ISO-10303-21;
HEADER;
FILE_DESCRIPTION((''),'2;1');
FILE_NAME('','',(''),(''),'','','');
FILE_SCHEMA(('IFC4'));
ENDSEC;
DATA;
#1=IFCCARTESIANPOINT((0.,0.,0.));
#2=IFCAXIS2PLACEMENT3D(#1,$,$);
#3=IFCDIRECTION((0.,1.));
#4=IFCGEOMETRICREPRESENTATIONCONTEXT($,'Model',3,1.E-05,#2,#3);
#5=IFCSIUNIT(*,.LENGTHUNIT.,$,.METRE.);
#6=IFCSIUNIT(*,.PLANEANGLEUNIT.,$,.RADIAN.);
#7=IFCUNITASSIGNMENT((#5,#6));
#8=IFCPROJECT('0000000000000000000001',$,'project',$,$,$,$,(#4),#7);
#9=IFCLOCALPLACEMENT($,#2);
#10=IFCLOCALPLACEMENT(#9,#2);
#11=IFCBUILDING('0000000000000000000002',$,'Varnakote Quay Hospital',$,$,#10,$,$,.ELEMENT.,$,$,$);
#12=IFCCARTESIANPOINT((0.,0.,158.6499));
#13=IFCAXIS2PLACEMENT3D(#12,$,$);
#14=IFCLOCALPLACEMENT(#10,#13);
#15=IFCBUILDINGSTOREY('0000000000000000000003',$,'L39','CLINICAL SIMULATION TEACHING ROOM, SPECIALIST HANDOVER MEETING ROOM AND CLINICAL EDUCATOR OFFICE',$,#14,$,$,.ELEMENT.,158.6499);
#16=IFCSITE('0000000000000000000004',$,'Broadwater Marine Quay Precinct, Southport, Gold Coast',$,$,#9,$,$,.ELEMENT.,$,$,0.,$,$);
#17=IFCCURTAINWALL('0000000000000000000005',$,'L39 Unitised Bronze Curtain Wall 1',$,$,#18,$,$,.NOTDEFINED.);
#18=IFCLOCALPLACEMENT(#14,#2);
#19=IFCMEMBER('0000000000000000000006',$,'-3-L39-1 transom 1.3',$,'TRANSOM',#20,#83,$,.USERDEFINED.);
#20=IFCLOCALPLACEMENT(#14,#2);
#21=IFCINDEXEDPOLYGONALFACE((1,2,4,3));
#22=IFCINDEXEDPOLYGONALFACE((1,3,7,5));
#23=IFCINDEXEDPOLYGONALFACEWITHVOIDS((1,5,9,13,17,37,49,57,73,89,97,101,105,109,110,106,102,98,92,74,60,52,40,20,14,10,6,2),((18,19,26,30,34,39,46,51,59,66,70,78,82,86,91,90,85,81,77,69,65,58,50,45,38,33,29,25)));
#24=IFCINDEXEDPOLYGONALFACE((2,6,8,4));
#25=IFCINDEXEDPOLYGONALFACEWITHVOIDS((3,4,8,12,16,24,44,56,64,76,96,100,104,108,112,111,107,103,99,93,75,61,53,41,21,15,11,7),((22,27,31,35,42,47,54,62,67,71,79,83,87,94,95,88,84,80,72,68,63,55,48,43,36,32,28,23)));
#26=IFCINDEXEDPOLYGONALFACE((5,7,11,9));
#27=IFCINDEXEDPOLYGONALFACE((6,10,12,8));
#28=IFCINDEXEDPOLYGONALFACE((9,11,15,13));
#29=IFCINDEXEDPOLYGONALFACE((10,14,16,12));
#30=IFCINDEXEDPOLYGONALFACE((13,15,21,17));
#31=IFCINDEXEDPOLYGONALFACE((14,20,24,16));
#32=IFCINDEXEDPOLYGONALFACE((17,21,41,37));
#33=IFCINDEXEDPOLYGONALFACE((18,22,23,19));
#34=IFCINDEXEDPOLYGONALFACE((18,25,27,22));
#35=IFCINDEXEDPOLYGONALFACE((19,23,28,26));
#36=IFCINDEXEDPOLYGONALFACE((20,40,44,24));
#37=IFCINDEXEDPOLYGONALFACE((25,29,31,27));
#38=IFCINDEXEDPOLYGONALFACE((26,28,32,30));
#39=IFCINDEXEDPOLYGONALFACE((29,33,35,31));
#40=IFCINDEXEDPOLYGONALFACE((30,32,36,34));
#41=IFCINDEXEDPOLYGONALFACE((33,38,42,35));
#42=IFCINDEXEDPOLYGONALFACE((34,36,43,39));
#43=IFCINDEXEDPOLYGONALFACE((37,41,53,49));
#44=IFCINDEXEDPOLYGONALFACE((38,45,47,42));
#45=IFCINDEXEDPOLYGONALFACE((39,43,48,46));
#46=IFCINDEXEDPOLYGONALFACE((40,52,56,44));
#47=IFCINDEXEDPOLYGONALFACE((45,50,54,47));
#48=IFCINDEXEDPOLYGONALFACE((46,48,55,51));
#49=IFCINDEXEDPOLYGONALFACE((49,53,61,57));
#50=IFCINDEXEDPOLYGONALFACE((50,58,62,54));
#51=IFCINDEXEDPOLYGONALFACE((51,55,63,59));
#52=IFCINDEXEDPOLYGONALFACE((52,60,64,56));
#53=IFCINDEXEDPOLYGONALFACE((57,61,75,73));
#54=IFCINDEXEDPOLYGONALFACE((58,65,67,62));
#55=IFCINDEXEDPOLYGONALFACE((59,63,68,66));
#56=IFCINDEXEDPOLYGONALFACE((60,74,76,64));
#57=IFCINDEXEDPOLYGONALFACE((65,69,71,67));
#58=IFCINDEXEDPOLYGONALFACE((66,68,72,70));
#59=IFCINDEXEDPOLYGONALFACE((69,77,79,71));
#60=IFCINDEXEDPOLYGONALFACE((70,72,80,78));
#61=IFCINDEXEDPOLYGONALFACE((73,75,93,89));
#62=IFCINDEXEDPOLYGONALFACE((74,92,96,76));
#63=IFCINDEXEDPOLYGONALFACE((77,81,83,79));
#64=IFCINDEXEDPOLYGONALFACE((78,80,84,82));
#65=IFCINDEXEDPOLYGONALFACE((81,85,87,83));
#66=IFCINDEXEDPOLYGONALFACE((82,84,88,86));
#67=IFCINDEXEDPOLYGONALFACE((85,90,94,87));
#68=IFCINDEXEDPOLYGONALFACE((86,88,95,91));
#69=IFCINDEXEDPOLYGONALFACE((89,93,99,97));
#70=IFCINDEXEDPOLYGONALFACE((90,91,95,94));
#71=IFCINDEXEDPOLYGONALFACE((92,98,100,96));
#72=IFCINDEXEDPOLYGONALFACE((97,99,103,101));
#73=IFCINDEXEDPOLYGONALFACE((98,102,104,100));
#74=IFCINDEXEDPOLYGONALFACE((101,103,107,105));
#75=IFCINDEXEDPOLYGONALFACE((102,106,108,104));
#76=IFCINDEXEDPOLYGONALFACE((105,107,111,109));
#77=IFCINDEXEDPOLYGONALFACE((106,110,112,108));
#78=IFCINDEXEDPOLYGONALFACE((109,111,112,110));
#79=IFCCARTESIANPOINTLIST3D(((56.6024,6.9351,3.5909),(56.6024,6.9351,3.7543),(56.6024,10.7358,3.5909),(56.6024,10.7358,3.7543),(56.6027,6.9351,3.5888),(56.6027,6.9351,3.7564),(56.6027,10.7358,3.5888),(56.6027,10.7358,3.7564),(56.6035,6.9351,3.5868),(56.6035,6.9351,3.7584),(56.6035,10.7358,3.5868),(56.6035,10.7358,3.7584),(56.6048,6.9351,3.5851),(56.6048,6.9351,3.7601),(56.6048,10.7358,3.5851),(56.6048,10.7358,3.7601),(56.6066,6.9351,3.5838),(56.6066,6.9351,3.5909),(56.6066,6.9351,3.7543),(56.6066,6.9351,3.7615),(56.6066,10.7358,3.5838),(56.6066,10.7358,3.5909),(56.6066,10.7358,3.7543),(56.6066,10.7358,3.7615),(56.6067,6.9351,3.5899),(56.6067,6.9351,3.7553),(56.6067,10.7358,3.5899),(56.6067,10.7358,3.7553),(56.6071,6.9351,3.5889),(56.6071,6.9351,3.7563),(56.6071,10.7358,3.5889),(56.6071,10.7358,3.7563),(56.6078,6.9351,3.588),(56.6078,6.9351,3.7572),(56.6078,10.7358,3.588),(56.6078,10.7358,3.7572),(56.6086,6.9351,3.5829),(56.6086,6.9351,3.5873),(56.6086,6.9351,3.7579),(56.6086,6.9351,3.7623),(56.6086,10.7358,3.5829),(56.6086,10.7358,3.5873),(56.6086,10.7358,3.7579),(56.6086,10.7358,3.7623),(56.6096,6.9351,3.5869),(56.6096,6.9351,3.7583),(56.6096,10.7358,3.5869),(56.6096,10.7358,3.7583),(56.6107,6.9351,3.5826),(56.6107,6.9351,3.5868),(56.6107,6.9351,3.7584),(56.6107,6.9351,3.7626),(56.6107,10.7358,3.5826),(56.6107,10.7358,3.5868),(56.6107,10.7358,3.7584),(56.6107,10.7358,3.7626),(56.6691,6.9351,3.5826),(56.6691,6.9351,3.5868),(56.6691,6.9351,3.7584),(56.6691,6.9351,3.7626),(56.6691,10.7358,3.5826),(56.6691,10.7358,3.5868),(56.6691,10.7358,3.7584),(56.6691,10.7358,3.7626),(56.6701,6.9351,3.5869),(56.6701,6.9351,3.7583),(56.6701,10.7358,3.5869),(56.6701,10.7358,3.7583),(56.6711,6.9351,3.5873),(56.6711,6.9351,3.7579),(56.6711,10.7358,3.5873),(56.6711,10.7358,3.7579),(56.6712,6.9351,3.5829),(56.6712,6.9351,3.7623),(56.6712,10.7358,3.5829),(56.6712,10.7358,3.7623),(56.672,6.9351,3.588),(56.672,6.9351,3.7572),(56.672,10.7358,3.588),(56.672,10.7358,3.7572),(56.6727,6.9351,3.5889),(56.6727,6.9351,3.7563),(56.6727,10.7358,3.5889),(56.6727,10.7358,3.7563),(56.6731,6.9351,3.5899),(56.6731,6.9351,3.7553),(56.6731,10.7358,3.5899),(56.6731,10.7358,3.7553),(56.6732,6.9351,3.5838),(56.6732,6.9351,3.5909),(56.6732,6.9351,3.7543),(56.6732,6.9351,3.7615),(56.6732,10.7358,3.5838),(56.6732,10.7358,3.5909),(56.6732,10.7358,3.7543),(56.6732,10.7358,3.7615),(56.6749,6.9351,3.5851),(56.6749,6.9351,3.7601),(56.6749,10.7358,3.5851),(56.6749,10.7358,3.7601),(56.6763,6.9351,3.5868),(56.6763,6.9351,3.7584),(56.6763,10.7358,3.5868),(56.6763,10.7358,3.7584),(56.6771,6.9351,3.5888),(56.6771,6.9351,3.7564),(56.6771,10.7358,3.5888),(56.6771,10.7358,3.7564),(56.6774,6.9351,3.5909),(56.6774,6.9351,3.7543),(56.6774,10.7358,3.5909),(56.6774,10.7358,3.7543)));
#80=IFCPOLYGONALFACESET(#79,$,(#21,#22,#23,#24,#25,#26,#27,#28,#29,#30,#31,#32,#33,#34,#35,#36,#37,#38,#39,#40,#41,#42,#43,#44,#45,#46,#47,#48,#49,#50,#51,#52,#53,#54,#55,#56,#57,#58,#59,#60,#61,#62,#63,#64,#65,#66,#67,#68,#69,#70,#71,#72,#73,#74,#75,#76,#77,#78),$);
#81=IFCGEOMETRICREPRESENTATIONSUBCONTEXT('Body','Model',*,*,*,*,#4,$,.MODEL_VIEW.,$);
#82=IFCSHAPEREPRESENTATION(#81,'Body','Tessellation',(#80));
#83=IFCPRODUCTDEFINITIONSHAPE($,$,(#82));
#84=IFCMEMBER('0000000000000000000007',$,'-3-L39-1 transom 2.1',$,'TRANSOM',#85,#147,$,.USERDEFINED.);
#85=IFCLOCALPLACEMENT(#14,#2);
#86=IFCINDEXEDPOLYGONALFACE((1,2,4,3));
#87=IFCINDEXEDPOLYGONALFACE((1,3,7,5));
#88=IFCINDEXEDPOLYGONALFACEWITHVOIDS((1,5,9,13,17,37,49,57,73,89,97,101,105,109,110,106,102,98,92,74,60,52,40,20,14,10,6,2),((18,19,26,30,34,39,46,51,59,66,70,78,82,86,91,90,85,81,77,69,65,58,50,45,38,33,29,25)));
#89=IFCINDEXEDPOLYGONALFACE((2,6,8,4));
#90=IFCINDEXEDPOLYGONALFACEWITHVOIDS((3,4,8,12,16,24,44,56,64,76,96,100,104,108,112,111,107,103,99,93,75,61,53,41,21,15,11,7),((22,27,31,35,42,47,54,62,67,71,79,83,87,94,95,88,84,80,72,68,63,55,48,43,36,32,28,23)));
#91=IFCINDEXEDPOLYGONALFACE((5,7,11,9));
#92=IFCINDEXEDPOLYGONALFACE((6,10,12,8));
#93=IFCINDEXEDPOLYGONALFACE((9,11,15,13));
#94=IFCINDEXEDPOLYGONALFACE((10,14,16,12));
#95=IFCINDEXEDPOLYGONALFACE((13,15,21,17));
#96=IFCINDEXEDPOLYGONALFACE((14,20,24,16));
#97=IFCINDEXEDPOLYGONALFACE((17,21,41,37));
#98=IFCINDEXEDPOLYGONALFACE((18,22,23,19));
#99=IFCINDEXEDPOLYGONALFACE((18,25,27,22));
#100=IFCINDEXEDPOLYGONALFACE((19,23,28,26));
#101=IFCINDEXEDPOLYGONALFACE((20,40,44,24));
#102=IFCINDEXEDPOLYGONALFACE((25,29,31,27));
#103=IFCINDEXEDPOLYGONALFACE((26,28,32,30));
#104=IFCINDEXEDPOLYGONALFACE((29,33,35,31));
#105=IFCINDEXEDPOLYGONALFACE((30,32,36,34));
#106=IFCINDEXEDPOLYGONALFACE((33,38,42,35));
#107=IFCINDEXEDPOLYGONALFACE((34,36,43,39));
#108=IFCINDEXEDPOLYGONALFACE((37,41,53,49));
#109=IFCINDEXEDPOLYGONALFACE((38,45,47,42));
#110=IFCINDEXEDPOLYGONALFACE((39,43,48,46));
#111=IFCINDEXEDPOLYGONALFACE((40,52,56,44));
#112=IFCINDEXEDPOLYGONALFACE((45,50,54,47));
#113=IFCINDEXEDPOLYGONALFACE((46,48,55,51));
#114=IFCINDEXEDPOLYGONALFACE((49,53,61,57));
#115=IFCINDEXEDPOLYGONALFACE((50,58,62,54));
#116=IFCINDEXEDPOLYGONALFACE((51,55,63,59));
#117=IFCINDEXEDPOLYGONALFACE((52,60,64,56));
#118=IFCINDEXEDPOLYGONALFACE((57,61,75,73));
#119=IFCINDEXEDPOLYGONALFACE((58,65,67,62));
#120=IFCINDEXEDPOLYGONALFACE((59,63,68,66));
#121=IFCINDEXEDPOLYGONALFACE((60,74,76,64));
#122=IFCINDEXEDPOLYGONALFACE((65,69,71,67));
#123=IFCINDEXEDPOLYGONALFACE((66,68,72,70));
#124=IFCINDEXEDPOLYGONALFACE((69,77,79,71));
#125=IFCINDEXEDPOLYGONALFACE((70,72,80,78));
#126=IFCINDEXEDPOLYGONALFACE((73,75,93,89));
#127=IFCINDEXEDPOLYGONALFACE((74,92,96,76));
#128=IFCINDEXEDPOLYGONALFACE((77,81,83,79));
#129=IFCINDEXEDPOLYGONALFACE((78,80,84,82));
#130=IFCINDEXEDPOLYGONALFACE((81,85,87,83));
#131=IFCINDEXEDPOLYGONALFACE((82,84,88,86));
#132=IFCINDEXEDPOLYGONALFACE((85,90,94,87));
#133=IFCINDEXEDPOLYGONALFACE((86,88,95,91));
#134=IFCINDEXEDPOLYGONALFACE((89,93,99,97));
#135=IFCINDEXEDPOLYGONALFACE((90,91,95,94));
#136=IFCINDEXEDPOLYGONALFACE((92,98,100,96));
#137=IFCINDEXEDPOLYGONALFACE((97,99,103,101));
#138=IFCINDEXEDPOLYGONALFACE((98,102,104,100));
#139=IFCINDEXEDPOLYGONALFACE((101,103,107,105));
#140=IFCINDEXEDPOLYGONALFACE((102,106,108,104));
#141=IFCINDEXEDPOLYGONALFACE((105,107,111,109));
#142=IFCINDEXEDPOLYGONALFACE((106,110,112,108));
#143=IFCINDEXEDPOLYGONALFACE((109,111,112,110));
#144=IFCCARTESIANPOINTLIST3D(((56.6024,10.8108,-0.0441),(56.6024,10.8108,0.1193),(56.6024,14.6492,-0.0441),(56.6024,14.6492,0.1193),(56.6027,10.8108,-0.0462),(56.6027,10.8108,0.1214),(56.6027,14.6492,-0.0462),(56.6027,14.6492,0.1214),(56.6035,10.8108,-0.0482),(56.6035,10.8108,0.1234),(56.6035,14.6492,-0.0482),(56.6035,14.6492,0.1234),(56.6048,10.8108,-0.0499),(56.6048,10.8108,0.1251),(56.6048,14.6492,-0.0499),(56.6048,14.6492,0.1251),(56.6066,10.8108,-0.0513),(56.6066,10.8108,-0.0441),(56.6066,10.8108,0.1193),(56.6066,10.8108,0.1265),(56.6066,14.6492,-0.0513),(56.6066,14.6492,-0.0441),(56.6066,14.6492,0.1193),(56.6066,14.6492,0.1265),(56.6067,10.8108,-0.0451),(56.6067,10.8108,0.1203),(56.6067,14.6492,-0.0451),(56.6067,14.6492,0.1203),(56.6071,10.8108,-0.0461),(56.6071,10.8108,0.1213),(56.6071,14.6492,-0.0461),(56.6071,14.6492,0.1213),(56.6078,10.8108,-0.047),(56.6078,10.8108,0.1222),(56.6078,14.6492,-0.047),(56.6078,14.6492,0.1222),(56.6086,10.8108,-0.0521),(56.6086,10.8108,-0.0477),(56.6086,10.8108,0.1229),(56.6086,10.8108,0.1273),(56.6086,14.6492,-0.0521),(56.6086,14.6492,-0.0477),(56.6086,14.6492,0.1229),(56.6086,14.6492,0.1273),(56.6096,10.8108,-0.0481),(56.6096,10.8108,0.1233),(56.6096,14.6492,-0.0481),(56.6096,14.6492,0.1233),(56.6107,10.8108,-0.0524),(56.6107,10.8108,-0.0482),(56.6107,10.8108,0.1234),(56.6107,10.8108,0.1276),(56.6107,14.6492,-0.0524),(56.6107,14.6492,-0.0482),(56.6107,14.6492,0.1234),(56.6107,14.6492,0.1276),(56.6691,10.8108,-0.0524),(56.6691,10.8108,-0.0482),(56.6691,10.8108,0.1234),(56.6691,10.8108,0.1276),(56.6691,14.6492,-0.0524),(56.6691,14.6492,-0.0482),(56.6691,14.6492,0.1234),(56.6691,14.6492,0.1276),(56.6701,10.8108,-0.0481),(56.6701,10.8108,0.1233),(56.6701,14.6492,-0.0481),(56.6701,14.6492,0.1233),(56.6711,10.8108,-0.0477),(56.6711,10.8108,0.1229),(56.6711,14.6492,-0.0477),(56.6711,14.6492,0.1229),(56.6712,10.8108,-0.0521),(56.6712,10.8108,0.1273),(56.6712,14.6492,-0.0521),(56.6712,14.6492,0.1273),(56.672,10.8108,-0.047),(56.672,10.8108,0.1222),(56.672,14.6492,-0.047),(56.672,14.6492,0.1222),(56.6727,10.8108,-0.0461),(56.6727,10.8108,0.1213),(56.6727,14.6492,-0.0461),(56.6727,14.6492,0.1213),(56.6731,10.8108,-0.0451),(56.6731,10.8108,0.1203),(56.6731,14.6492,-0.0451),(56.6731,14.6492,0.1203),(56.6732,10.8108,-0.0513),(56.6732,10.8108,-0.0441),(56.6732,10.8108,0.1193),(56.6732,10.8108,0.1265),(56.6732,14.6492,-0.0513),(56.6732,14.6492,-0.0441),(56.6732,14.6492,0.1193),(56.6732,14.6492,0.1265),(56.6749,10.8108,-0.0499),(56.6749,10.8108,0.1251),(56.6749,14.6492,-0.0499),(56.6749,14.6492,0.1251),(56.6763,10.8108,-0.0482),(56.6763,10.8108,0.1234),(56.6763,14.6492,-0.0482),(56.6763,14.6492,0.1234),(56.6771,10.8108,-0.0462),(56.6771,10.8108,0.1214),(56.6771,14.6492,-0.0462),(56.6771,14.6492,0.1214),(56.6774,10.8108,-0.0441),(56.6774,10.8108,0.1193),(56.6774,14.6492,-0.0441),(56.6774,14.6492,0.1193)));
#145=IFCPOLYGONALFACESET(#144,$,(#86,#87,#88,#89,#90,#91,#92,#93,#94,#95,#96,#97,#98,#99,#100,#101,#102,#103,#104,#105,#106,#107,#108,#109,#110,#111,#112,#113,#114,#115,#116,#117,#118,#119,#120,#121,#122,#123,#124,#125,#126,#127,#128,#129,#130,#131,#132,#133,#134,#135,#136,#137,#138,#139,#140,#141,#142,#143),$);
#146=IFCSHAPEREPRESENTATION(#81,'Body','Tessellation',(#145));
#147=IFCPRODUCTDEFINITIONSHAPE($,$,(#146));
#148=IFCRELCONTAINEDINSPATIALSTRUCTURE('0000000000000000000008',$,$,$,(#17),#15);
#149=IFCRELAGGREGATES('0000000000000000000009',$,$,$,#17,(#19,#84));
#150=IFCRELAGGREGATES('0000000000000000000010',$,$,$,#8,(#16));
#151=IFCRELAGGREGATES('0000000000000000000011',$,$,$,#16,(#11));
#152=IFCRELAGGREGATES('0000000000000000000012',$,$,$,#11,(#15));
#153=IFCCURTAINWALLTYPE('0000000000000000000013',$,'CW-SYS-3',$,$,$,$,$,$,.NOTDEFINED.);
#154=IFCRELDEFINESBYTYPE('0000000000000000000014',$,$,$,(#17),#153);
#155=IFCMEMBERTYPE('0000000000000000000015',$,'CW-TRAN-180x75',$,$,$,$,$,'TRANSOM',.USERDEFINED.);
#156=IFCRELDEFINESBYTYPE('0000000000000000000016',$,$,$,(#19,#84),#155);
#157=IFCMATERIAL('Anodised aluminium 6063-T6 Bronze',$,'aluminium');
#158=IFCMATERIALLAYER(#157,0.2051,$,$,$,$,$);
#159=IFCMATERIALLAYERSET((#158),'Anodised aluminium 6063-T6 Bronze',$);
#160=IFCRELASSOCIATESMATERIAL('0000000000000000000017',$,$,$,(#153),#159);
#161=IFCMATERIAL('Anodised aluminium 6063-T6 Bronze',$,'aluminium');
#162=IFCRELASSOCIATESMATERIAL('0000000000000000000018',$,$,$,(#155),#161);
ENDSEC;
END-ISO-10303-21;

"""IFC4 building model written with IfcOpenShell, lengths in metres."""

from ifc_helpers import new_model, si_unit, direction, frame, origin, origin_2d, place, context, subcontext, project, spatial, hollow_rectangle, extrude, material, layer, layer_set, material_profile, profile_set, type_object, element, aggregate, save


model = new_model("IFC4")

# Units and contexts
model_context = context("Model", 3, precision=1e-05, world=origin(), true_north=direction((0.0, 1.0)))
body_context = subcontext(model_context, "Body", "Model", "MODEL_VIEW")
ifc_project = project(units=[si_unit("LENGTHUNIT", "METRE"), si_unit("PLANEANGLEUNIT", "RADIAN")], contexts=[model_context])

# Site, building, storey
site_placement = place(None, origin())
site = spatial("IfcSite", under=ifc_project, at=site_placement, Name="Broadwater Marine Quay Precinct, Southport, Gold Coast", CompositionType="ELEMENT", RefElevation=0.0)
building_placement = place(site_placement, origin())
building = spatial("IfcBuilding", under=site, at=building_placement, Name="Varnakote Quay Hospital", CompositionType="ELEMENT")
storey_placement = place(building_placement, frame((0.0, 0.0, 158.6499)))
storey = spatial("IfcBuildingStorey", under=building, at=storey_placement, Name="L39", Description="CLINICAL SIMULATION TEACHING ROOM, SPECIALIST HANDOVER MEETING ROOM AND CLINICAL EDUCATOR OFFICE", CompositionType="ELEMENT", Elevation=158.6499)

# Curtain wall, members
ifc_material_1 = material(Name="Anodised aluminium 6063-T6 Bronze", Category="aluminium")
ifc_layer_1 = layer(ifc_material_1, 0.2051)
ifc_layer_set_1 = layer_set([ifc_layer_1], Name="Anodised aluminium 6063-T6 Bronze")
curtain_wall_type = type_object("IfcCurtainWallType", Name="CW-SYS-3", PredefinedType="NOTDEFINED", material=ifc_layer_set_1)
curtain_wall_placement = place(storey_placement, origin())
curtain_wall = element("IfcCurtainWall", 1, at=curtain_wall_placement, inside=storey, type_object=curtain_wall_type, Name="L39 Unitised Bronze Curtain Wall 1", PredefinedType="NOTDEFINED")
ifc_material_2 = material(Name="Anodised aluminium 6063-T6 Bronze", Category="aluminium")
ifc_material_profile_1 = material_profile(ifc_material_2, hollow_rectangle(XDim=0.075, YDim=0.1799, WallThickness=0.0042, InnerFilletRadius=0.0042, OuterFilletRadius=0.0083, at=origin_2d()), Name="CW-TRAN-180x75")
ifc_profile_set_1 = profile_set([ifc_material_profile_1], Name="Anodised aluminium 6063-T6 Bronze")
member_type_1 = type_object("IfcMemberType", Name="CW-TRAN-180x75", ElementType="TRANSOM", PredefinedType="USERDEFINED", material=ifc_profile_set_1)
member_1_placement = place(storey_placement, frame((56.6399, 6.9351, 3.6726), z_axis=(0.0, 1.0, 0.0), x_axis=(-1.0, 0.0, 0.0)))
member_1 = element("IfcMember", 2, at=member_1_placement, type_object=member_type_1, Name="-3-L39-1 transom 1.3", ObjectType="TRANSOM", PredefinedType="USERDEFINED", context=body_context, shape_type="SweptSolid", body=[
    extrude(hollow_rectangle(XDim=0.075, YDim=0.1799, WallThickness=0.0042, InnerFilletRadius=0.0042, OuterFilletRadius=0.0083, at=origin_2d()), origin(), (0.0, 0.0, 1.0), 3.8008),
])
member_2_placement = place(storey_placement, frame((56.6399, 10.8108, 0.0376), z_axis=(0.0, 1.0, 0.0), x_axis=(-1.0, 0.0, 0.0)))
member_2 = element("IfcMember", 3, at=member_2_placement, type_object=member_type_1, Name="-3-L39-1 transom 2.1", ObjectType="TRANSOM", PredefinedType="USERDEFINED", context=body_context, shape_type="SweptSolid", body=[
    extrude(hollow_rectangle(XDim=0.075, YDim=0.1799, WallThickness=0.0042, InnerFilletRadius=0.0042, OuterFilletRadius=0.0083, at=origin_2d()), origin(), (0.0, 0.0, 1.0), 3.8384),
])
aggregate(curtain_wall, [member_1, member_2])

save(model, "model.ifc")
